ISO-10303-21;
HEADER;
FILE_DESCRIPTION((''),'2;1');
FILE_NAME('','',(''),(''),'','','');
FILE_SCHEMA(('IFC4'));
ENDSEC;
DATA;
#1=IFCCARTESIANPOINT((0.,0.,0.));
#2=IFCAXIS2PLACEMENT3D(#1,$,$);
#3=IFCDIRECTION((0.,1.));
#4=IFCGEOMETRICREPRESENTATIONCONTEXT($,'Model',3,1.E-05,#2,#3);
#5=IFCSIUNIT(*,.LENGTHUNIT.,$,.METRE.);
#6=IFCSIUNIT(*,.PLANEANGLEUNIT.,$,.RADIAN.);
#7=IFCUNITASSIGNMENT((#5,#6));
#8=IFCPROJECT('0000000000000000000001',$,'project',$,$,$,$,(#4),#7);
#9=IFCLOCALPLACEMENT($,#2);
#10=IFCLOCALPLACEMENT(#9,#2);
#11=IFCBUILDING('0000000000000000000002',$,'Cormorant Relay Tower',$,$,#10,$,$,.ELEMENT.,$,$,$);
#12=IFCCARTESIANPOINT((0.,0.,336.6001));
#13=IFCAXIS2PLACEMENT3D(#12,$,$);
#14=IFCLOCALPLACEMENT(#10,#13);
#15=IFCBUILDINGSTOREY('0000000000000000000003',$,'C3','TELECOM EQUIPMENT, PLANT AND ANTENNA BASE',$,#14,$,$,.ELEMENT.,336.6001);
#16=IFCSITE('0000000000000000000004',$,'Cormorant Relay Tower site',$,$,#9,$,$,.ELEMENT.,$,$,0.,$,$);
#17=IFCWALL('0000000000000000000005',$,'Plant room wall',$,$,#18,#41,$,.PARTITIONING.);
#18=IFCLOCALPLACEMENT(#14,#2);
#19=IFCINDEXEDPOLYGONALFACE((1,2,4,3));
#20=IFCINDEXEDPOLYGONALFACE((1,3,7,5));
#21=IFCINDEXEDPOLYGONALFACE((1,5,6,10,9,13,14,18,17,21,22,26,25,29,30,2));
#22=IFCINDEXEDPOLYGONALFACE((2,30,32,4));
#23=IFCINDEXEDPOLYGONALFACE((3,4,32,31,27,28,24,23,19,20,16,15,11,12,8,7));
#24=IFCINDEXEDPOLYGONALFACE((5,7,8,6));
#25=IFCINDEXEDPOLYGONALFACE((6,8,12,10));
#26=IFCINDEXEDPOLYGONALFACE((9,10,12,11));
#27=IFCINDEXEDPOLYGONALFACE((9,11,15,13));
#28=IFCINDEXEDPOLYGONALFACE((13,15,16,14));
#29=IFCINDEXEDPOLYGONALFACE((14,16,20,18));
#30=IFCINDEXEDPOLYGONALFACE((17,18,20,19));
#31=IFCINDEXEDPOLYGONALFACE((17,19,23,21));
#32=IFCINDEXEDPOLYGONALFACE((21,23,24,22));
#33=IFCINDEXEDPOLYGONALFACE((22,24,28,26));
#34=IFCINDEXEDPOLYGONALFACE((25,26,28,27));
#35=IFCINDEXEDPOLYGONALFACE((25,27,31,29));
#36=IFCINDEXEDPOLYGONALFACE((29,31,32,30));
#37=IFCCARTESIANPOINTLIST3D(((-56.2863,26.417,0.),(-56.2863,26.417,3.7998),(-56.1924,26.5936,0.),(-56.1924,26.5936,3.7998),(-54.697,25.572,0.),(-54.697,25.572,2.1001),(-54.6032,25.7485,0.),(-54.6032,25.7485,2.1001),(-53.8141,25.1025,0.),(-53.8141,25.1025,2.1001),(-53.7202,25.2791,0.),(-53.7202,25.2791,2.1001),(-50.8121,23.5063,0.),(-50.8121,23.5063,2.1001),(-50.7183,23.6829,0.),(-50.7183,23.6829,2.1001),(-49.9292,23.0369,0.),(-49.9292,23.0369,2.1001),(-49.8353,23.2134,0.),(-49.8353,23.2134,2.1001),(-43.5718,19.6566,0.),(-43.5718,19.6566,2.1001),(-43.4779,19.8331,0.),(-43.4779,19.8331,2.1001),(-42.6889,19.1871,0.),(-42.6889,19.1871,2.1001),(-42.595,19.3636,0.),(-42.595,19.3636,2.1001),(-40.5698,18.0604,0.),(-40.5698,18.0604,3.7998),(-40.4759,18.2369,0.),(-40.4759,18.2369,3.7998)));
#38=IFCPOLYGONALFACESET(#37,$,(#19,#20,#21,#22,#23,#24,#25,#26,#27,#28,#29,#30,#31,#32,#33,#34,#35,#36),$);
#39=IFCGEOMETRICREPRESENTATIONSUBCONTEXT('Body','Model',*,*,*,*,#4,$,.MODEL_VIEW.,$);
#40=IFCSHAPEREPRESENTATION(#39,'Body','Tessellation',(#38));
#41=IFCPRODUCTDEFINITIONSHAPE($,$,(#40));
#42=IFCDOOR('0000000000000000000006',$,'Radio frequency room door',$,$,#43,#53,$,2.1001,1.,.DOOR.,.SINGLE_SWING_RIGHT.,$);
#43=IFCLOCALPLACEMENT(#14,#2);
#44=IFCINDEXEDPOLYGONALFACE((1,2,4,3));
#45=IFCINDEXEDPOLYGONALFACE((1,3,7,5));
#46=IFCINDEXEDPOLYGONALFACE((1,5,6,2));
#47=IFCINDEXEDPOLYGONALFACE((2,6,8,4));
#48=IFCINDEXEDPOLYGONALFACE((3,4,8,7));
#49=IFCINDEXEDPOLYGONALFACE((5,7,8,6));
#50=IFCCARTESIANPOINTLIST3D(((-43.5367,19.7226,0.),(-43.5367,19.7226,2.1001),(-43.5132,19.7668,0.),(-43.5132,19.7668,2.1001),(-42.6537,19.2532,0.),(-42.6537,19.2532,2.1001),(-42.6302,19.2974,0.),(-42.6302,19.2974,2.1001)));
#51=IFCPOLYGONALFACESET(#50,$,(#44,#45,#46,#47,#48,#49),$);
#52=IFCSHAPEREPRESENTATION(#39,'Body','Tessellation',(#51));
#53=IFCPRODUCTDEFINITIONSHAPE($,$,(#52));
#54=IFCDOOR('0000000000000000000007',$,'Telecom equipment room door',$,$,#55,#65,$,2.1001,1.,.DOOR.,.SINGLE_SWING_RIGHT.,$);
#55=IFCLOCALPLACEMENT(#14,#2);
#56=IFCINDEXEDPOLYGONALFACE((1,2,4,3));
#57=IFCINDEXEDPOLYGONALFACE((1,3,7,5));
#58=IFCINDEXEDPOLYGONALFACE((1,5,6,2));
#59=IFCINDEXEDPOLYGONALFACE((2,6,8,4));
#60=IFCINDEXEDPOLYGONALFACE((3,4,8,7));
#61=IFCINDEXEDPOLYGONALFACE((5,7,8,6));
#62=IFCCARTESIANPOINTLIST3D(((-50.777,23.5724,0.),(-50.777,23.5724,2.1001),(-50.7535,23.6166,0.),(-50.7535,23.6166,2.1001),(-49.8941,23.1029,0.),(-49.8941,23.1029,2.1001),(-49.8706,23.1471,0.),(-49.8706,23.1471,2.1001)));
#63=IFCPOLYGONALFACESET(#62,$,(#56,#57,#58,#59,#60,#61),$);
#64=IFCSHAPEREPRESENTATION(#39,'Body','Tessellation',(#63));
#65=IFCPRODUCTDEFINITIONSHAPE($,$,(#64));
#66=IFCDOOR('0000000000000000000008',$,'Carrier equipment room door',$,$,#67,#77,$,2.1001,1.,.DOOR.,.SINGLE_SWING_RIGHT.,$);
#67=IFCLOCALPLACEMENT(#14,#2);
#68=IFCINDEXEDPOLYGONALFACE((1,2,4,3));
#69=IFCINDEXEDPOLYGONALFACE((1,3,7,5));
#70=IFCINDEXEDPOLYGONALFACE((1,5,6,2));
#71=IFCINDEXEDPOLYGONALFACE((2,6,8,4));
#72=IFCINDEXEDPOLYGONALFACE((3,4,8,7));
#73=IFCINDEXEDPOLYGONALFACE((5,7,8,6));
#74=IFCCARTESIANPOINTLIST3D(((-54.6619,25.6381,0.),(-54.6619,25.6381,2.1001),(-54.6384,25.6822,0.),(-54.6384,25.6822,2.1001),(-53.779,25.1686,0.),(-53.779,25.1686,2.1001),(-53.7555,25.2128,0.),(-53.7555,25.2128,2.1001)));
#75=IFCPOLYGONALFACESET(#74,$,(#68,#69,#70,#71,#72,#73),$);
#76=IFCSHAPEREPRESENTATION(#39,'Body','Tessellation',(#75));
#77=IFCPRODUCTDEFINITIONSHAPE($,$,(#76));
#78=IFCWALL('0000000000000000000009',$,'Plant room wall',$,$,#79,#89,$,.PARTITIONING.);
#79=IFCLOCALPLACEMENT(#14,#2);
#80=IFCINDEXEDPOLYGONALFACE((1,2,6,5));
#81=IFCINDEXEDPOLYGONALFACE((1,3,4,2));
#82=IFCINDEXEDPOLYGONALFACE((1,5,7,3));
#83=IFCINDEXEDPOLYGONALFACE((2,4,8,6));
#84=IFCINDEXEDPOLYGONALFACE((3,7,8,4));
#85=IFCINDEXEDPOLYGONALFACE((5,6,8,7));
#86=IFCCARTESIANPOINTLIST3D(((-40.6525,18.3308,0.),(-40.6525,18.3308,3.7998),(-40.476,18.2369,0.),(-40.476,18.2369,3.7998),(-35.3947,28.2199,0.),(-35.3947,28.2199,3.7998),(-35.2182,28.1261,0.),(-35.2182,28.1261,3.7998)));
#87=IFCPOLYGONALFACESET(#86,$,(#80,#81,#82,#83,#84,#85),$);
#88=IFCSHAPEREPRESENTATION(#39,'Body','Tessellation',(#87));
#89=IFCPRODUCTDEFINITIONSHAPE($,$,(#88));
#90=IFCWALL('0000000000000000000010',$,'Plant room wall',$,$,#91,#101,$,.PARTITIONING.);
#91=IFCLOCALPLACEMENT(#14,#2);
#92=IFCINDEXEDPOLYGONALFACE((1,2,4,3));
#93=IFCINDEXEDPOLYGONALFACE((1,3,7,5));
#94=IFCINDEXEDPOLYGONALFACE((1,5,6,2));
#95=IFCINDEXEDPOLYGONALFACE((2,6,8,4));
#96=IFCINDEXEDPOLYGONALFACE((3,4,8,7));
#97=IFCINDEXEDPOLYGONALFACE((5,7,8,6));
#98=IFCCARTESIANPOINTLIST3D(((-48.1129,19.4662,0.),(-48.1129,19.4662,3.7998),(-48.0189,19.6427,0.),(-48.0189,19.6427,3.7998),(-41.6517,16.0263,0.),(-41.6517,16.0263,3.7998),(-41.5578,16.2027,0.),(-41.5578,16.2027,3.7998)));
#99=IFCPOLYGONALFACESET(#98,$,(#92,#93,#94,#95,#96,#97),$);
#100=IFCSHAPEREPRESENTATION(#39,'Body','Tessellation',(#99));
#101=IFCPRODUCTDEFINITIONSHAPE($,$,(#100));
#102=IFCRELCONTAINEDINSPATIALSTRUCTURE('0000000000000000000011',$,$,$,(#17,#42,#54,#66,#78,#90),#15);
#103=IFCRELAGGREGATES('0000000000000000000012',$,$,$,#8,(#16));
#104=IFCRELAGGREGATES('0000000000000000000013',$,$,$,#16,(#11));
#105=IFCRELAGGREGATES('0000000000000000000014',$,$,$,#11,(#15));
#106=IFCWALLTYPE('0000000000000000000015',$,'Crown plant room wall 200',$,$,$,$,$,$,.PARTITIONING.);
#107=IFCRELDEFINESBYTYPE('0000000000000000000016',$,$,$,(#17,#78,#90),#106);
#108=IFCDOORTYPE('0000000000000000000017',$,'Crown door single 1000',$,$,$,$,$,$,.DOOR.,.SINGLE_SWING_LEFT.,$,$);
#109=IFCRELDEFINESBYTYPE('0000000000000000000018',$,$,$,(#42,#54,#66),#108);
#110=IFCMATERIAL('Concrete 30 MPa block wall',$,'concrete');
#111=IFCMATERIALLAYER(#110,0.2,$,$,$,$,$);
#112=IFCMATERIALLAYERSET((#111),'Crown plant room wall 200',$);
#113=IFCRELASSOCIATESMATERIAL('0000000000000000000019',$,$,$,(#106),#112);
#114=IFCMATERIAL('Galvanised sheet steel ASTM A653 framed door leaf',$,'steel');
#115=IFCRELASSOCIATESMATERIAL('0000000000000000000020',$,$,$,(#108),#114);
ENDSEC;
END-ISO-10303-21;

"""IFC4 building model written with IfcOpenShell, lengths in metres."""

from ifc_helpers import new_model, si_unit, direction, frame, frame_2d, origin, place, context, subcontext, project, spatial, rectangle, extrude, material, layer, layer_set, type_object, element, fill, save


model = new_model("IFC4")

# Units and contexts
model_context = context("Model", 3, precision=1e-05, world=origin(), true_north=direction((0.0, 1.0)))
body_context = subcontext(model_context, "Body", "Model", "MODEL_VIEW")
ifc_project = project(units=[si_unit("LENGTHUNIT", "METRE"), si_unit("PLANEANGLEUNIT", "RADIAN")], contexts=[model_context])

# Site, building, storey
site_placement = place(None, origin())
site = spatial("IfcSite", under=ifc_project, at=site_placement, Name="Cormorant Relay Tower site", CompositionType="ELEMENT", RefElevation=0.0)
building_placement = place(site_placement, origin())
building = spatial("IfcBuilding", under=site, at=building_placement, Name="Cormorant Relay Tower", CompositionType="ELEMENT")
storey_placement = place(building_placement, frame((0.0, 0.0, 336.6001)))
storey = spatial("IfcBuildingStorey", under=building, at=storey_placement, Name="C3", Description="TELECOM EQUIPMENT, PLANT AND ANTENNA BASE", CompositionType="ELEMENT", Elevation=336.6001)

# Shared definitions
ifc_material_1 = material(Name="Concrete 30 MPa block wall", Category="concrete")
ifc_layer_1 = layer(ifc_material_1, 0.2)
ifc_layer_set_1 = layer_set([ifc_layer_1], Name="Crown plant room wall 200")
wall_type_1 = type_object("IfcWallType", Name="Crown plant room wall 200", PredefinedType="PARTITIONING", material=ifc_layer_set_1)

# Wall, openings, doors
wall_1_placement = place(storey_placement, frame((-40.5229, 18.1487, 0.0), z_axis=(0.0, 0.0, 1.0), x_axis=(-0.882946, 0.469474, 0.0)))
wall_1 = element("IfcWall", 1, at=wall_1_placement, inside=storey, type_object=wall_type_1, Name="Plant room wall", PredefinedType="PARTITIONING", context=body_context, shape_type="SweptSolid", body=[
    extrude(rectangle(XDim=17.8, YDim=0.2, at=frame_2d((8.8999, 0.0))), origin(), (0.0, 0.0, 1.0), 3.7998),
])
opening_1_placement = place(wall_1_placement, frame((2.3999, 0.0, 0.0)))
opening_1 = element("IfcOpeningElement", 2, at=opening_1_placement, cuts=wall_1, PredefinedType="OPENING", context=body_context, shape_type="SweptSolid", body=[
    extrude(rectangle(XDim=1.0, YDim=2.1001, at=frame_2d((0.5, 1.05))), frame((0.0, 0.1099, 0.0), z_axis=(0.0, -1.0, 0.0), x_axis=(1.0, 0.0, 0.0)), (0.0, 0.0, 1.0), 0.22),
])
opening_2_placement = place(wall_1_placement, frame((10.6001, 0.0, 0.0)))
opening_2 = element("IfcOpeningElement", 3, at=opening_2_placement, cuts=wall_1, PredefinedType="OPENING", context=body_context, shape_type="SweptSolid", body=[
    extrude(rectangle(XDim=1.0, YDim=2.1001, at=frame_2d((0.5, 1.05))), frame((0.0, 0.1099, 0.0), z_axis=(0.0, -1.0, 0.0), x_axis=(1.0, 0.0, 0.0)), (0.0, 0.0, 1.0), 0.22),
])
opening_3_placement = place(wall_1_placement, frame((15.0, 0.0, 0.0)))
opening_3 = element("IfcOpeningElement", 4, at=opening_3_placement, cuts=wall_1, PredefinedType="OPENING", context=body_context, shape_type="SweptSolid", body=[
    extrude(rectangle(XDim=1.0, YDim=2.1001, at=frame_2d((0.5, 1.05))), frame((0.0, 0.1099, 0.0), z_axis=(0.0, -1.0, 0.0), x_axis=(1.0, 0.0, 0.0)), (0.0, 0.0, 1.0), 0.22),
])
ifc_material_2 = material(Name="Galvanised sheet steel ASTM A653 framed door leaf", Category="steel")
door_type_1 = type_object("IfcDoorType", Name="Crown door single 1000", OperationType="SINGLE_SWING_LEFT", PredefinedType="DOOR", material=ifc_material_2)
door_1_placement = place(opening_1_placement, frame((1.0, 0.0, 0.0), z_axis=(0.0, 0.0, 1.0), x_axis=(-1.0, 0.0, 0.0)))
door_1 = element("IfcDoor", 5, at=door_1_placement, inside=storey, type_object=door_type_1, Name="Radio frequency room door", OperationType="SINGLE_SWING_RIGHT", OverallHeight=2.1001, OverallWidth=1.0, PredefinedType="DOOR", context=body_context, shape_type="SweptSolid", body=[
    extrude(rectangle(XDim=1.0, YDim=2.1001, at=frame_2d((0.5, 1.05))), frame((0.0, 0.0249, 0.0), z_axis=(0.0, -1.0, 0.0), x_axis=(1.0, 0.0, 0.0)), (0.0, 0.0, 1.0), 0.05),
])
fill(opening_1, door_1)
door_2_placement = place(opening_2_placement, frame((1.0, 0.0, 0.0), z_axis=(0.0, 0.0, 1.0), x_axis=(-1.0, 0.0, 0.0)))
door_2 = element("IfcDoor", 6, at=door_2_placement, inside=storey, type_object=door_type_1, Name="Telecom equipment room door", OperationType="SINGLE_SWING_RIGHT", OverallHeight=2.1001, OverallWidth=1.0, PredefinedType="DOOR", context=body_context, shape_type="SweptSolid", body=[
    extrude(rectangle(XDim=1.0, YDim=2.1001, at=frame_2d((0.5, 1.05))), frame((0.0, 0.0249, 0.0), z_axis=(0.0, -1.0, 0.0), x_axis=(1.0, 0.0, 0.0)), (0.0, 0.0, 1.0), 0.05),
])
fill(opening_2, door_2)
door_3_placement = place(opening_3_placement, frame((1.0, 0.0, 0.0), z_axis=(0.0, 0.0, 1.0), x_axis=(-1.0, 0.0, 0.0)))
door_3 = element("IfcDoor", 7, at=door_3_placement, inside=storey, type_object=door_type_1, Name="Carrier equipment room door", OperationType="SINGLE_SWING_RIGHT", OverallHeight=2.1001, OverallWidth=1.0, PredefinedType="DOOR", context=body_context, shape_type="SweptSolid", body=[
    extrude(rectangle(XDim=1.0, YDim=2.1001, at=frame_2d((0.5, 1.05))), frame((0.0, 0.0249, 0.0), z_axis=(0.0, -1.0, 0.0), x_axis=(1.0, 0.0, 0.0)), (0.0, 0.0, 1.0), 0.05),
])
fill(opening_3, door_3)

# Walls
wall_2_placement = place(storey_placement, frame((-35.3064, 28.1731, 0.0), z_axis=(0.0, 0.0, 1.0), x_axis=(-0.469447, -0.88296, 0.0)))
element("IfcWall", 8, at=wall_2_placement, inside=storey, type_object=wall_type_1, Name="Plant room wall", PredefinedType="PARTITIONING", context=body_context, shape_type="SweptSolid", body=[
    extrude(rectangle(XDim=11.2, YDim=0.2, at=frame_2d((5.6001, 0.0))), origin(), (0.0, 0.0, 1.0), 3.7998),
])
wall_3_placement = place(storey_placement, frame((-41.6047, 16.1145, 0.0), z_axis=(0.0, 0.0, 1.0), x_axis=(-0.882694, 0.469948, 0.0)))
element("IfcWall", 9, at=wall_3_placement, inside=storey, type_object=wall_type_1, Name="Plant room wall", PredefinedType="PARTITIONING", context=body_context, shape_type="SweptSolid", body=[
    extrude(rectangle(XDim=7.3198, YDim=0.2, at=frame_2d((3.6599, 0.0))), origin(), (0.0, 0.0, 1.0), 3.7998),
])

save(model, "model.ifc")
